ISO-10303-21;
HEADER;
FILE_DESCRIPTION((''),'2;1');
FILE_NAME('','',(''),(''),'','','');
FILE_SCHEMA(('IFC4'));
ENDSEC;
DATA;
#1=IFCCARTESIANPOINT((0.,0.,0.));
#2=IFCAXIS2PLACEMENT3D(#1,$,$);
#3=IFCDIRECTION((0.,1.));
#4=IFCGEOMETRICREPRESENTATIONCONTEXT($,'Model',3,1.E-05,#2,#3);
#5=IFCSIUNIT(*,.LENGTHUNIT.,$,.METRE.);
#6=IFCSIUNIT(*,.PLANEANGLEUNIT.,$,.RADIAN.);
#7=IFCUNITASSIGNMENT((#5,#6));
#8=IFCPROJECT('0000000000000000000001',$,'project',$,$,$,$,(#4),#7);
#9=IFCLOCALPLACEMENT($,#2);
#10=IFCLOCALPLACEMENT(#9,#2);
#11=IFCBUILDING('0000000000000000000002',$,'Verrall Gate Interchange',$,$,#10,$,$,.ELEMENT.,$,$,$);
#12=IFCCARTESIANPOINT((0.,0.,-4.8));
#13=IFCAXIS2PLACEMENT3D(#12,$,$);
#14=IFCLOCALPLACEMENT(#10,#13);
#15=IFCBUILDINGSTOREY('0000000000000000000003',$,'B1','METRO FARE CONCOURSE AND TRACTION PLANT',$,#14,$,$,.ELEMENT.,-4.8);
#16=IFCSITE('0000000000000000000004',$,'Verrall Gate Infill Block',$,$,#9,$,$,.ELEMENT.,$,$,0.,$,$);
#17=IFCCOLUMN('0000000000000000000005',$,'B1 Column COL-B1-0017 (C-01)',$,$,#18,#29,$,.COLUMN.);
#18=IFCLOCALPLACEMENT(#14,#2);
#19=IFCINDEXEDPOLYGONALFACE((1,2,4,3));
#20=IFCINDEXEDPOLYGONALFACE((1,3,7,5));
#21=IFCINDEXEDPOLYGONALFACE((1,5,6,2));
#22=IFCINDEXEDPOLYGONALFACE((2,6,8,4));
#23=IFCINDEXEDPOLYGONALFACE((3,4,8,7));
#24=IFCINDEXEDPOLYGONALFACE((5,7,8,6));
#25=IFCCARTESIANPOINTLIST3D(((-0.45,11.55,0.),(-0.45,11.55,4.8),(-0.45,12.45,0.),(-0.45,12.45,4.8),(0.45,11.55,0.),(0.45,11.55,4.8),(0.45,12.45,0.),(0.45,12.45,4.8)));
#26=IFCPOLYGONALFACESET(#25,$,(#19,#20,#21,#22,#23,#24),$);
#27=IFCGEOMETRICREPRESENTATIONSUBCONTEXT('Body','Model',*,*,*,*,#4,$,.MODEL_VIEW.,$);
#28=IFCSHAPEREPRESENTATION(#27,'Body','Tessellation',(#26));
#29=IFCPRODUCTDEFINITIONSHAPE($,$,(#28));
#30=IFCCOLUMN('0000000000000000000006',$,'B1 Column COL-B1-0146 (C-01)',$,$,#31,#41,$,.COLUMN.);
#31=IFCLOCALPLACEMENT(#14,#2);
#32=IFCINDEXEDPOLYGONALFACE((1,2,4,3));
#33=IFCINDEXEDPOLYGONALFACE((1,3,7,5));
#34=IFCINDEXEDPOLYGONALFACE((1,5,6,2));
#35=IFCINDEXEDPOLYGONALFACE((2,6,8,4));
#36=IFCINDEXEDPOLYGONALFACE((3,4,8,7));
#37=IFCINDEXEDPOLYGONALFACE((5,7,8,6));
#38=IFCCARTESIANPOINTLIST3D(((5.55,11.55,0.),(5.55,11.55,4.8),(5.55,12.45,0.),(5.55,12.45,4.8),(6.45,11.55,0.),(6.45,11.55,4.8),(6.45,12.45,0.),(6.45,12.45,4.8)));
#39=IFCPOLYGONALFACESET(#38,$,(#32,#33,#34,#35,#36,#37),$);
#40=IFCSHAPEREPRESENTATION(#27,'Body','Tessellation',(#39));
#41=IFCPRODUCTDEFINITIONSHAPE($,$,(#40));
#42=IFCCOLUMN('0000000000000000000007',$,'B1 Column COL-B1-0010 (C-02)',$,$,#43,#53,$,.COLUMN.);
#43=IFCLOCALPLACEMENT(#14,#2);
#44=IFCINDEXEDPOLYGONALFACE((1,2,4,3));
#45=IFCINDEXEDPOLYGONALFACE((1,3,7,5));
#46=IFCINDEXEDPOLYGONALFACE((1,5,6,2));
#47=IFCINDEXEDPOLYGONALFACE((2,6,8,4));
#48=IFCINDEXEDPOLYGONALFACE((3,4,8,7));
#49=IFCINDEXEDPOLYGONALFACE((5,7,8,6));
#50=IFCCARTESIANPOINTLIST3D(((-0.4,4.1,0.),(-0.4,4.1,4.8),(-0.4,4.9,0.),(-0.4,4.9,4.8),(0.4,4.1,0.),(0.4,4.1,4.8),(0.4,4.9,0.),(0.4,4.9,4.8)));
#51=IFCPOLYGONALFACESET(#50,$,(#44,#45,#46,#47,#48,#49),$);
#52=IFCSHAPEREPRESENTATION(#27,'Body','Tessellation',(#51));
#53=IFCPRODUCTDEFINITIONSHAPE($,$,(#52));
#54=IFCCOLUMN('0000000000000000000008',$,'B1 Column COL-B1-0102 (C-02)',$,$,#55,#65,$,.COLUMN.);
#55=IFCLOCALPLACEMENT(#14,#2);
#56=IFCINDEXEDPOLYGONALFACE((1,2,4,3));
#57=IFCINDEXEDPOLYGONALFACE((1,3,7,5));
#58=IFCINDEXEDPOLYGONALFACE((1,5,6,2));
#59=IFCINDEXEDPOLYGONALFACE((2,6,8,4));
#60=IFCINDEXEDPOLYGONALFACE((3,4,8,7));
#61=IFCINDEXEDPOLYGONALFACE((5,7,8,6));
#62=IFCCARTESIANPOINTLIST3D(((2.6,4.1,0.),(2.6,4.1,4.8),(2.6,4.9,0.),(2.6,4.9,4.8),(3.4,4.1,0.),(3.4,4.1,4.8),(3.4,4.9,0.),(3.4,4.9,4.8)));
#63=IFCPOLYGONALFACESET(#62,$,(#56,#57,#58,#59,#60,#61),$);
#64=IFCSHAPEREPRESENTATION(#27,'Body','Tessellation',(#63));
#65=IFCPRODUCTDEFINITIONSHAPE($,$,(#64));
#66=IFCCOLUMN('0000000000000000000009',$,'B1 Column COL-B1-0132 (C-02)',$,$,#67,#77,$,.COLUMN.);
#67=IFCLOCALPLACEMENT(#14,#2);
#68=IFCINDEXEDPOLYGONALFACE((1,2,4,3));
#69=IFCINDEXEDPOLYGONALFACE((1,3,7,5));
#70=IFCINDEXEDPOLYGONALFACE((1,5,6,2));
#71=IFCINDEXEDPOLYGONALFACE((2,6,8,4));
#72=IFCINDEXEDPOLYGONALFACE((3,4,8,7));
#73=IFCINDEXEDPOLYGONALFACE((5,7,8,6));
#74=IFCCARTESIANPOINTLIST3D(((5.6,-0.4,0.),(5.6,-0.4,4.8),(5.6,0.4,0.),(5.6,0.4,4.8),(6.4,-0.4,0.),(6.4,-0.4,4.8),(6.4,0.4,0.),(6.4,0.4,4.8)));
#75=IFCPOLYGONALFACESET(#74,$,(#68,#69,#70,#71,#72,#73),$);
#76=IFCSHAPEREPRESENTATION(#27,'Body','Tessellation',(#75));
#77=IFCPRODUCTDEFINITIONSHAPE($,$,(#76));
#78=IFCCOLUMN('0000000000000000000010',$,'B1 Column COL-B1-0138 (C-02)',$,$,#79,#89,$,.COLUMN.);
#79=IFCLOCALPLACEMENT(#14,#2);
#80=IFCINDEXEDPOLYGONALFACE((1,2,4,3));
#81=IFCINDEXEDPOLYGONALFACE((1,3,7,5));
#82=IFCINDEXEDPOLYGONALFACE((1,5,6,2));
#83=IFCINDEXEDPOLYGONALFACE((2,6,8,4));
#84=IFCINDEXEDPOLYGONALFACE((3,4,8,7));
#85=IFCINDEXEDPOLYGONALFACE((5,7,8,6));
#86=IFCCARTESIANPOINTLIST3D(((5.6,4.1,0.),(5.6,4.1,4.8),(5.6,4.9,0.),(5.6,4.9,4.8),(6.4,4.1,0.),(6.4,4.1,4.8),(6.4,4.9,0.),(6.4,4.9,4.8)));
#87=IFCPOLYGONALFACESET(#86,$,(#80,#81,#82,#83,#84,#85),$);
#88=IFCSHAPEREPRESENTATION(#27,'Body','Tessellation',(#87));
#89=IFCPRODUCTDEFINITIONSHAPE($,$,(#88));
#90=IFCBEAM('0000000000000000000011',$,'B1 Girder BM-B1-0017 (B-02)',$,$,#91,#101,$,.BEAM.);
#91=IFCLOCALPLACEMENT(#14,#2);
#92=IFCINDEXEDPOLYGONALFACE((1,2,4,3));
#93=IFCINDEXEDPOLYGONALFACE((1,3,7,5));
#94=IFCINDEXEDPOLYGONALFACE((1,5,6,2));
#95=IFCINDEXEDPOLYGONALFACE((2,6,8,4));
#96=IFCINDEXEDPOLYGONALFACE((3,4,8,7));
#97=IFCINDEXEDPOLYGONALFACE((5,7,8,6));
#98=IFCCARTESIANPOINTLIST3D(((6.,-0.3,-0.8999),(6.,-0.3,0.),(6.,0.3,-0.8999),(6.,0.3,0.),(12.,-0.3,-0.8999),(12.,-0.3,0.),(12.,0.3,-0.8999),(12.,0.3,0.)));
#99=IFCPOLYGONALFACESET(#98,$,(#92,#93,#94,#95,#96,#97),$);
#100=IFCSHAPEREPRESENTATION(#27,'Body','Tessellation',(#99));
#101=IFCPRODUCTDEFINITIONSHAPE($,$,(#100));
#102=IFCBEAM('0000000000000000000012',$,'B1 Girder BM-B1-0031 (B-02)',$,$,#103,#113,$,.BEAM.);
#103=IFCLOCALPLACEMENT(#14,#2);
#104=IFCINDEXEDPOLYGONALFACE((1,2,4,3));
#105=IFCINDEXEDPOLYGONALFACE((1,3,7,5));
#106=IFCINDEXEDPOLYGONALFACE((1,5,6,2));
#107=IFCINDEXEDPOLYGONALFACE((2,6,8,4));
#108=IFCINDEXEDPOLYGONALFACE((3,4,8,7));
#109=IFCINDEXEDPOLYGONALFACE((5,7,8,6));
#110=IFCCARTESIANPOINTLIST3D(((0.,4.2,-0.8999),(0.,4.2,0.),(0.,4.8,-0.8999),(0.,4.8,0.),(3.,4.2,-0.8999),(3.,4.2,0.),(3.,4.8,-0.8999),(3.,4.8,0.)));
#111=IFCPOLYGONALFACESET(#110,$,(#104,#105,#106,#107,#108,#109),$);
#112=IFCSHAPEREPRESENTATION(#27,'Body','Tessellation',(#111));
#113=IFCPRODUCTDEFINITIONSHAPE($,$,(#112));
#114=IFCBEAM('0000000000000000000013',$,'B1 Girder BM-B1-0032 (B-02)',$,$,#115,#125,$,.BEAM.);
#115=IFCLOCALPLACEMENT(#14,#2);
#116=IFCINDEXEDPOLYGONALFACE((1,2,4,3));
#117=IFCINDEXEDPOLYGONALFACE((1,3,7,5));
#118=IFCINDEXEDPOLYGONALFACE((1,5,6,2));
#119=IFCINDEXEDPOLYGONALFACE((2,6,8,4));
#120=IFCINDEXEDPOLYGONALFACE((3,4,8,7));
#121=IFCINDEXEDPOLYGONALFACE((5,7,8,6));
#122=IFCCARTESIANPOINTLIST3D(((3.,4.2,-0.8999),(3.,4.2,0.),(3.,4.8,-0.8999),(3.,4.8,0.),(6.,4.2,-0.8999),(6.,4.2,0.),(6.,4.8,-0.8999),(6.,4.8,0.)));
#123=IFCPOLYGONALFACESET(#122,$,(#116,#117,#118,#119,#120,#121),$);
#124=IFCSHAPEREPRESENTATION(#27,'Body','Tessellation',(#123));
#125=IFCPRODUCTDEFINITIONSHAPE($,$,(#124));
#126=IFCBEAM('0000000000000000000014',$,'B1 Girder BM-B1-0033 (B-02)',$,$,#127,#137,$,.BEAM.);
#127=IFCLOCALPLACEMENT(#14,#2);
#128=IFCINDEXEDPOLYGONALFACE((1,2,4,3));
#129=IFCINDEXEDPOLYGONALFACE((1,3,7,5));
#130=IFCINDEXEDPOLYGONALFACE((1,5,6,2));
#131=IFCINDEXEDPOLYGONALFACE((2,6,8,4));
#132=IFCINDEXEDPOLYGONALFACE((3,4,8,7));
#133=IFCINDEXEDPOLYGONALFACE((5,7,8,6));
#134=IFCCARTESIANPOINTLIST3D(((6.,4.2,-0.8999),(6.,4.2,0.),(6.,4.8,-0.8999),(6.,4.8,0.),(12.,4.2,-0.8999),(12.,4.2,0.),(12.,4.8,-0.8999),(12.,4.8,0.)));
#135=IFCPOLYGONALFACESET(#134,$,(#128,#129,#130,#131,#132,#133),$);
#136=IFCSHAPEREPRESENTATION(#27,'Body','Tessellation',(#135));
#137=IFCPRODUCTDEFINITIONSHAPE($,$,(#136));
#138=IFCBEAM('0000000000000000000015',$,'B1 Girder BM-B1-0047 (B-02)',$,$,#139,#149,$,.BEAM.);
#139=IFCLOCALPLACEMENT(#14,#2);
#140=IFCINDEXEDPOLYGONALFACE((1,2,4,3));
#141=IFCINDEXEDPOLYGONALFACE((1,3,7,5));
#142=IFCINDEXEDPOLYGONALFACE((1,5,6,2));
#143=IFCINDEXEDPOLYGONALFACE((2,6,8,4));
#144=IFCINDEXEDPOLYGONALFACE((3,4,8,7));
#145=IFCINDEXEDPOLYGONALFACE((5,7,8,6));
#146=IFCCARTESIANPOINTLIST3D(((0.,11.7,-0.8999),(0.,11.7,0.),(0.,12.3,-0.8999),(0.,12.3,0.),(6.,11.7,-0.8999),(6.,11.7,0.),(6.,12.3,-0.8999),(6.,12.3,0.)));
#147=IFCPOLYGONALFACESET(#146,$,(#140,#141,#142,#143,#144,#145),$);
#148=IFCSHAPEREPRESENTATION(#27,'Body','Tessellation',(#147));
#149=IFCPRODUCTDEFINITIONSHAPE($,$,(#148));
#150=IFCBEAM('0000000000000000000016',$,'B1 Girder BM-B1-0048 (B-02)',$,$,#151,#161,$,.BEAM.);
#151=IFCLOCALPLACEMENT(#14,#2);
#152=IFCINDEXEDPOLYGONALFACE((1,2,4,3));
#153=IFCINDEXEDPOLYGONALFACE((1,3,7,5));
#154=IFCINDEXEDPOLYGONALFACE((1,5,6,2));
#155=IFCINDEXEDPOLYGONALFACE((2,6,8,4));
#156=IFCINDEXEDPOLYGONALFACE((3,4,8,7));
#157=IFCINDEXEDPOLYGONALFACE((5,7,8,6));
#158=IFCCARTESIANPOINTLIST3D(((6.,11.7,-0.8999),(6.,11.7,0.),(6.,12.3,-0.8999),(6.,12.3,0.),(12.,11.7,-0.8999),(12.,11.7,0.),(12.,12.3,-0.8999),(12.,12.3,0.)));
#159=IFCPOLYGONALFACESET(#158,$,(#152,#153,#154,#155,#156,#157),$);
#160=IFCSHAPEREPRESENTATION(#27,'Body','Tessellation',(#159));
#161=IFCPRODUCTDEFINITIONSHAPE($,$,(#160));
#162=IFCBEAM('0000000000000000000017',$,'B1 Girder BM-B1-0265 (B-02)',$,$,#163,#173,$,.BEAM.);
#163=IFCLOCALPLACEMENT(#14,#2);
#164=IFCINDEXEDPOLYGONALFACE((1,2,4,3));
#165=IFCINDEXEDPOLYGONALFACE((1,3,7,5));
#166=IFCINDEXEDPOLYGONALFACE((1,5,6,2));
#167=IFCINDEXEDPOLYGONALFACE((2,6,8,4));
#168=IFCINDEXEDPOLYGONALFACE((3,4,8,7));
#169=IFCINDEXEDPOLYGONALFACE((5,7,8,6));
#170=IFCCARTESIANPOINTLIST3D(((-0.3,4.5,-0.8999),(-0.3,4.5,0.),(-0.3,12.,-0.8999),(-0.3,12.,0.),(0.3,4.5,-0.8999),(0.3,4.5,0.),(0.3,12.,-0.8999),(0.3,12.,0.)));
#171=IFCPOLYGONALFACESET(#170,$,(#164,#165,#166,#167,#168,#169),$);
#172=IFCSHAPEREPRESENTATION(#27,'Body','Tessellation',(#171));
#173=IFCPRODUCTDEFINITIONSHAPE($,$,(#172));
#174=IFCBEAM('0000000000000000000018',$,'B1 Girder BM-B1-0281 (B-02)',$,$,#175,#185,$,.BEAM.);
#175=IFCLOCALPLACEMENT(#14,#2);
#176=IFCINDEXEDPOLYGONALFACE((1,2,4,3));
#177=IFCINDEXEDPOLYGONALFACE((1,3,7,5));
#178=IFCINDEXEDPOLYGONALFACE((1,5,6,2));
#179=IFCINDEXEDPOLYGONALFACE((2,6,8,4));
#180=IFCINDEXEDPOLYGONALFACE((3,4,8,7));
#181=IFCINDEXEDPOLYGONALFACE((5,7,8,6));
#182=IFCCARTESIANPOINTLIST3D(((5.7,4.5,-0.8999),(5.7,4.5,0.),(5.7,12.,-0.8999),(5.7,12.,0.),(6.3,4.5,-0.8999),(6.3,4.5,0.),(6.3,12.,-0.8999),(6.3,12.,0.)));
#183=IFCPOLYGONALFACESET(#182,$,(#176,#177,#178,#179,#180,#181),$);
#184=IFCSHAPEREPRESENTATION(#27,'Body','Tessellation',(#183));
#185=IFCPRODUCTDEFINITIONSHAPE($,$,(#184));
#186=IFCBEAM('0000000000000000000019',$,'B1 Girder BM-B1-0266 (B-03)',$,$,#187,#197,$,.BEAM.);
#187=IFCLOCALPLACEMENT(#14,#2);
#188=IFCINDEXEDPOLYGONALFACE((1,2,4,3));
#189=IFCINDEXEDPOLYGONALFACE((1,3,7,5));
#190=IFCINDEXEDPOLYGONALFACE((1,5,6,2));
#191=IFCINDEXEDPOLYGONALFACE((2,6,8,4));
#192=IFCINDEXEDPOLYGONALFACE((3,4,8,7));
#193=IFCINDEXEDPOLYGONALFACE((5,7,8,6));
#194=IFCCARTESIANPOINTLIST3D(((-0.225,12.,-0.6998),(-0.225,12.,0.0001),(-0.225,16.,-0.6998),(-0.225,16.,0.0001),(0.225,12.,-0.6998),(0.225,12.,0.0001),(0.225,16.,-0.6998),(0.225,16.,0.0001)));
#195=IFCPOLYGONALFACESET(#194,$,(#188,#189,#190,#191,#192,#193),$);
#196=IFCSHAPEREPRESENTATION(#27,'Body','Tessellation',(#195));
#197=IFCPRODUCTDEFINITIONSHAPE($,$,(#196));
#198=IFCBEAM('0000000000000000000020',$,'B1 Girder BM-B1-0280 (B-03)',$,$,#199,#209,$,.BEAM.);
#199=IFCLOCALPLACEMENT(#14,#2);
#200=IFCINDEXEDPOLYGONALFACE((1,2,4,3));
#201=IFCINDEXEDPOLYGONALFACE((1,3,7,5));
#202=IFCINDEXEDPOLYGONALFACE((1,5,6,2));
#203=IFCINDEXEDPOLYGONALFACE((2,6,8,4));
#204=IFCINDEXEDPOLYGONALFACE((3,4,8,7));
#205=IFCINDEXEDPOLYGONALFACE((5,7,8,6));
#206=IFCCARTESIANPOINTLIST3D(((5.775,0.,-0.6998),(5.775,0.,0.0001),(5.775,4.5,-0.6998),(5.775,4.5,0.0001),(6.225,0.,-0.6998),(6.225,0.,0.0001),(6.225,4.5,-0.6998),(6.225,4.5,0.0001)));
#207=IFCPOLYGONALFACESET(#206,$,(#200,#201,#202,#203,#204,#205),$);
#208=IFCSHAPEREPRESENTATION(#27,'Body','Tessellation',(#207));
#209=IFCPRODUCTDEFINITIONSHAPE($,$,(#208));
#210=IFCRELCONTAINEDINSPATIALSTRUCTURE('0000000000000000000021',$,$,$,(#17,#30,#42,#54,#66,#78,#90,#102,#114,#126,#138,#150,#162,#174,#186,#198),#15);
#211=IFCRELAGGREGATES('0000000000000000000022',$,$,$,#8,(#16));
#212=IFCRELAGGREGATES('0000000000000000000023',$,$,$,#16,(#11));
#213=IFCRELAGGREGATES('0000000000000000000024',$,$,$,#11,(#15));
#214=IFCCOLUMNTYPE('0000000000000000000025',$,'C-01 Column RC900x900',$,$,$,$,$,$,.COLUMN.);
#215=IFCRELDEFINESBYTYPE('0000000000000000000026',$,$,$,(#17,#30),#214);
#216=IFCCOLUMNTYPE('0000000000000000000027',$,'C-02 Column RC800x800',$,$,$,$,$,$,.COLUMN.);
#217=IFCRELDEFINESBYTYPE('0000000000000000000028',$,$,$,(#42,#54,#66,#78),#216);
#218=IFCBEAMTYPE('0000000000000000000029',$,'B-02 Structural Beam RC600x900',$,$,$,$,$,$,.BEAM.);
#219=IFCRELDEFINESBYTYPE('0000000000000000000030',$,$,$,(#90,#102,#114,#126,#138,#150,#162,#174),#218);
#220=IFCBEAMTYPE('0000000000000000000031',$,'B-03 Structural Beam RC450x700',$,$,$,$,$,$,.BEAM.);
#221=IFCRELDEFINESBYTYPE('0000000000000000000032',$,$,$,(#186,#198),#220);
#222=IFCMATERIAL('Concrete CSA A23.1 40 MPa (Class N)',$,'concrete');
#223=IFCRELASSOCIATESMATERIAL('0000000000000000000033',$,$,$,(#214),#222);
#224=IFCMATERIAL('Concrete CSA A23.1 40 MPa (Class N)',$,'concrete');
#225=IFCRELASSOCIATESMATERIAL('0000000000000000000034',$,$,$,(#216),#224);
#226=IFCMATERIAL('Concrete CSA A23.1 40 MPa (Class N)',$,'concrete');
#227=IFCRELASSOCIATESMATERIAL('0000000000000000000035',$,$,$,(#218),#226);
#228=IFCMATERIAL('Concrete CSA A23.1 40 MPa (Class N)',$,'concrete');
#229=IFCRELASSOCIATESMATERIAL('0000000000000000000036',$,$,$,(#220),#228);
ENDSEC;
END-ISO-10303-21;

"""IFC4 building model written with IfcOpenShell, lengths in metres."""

from ifc_helpers import new_model, si_unit, direction, frame, origin, origin_2d, place, context, subcontext, project, spatial, rectangle, extrude, material, material_profile, profile_set, type_object, element, save


model = new_model("IFC4")

# Units and contexts
model_context = context("Model", 3, precision=1e-05, world=origin(), true_north=direction((0.0, 1.0)))
body_context = subcontext(model_context, "Body", "Model", "MODEL_VIEW")
ifc_project = project(units=[si_unit("LENGTHUNIT", "METRE"), si_unit("PLANEANGLEUNIT", "RADIAN")], contexts=[model_context])

# Site, building, storey
site_placement = place(None, origin())
site = spatial("IfcSite", under=ifc_project, at=site_placement, Name="Verrall Gate Infill Block", CompositionType="ELEMENT", RefElevation=0.0)
building_placement = place(site_placement, origin())
building = spatial("IfcBuilding", under=site, at=building_placement, Name="Verrall Gate Interchange", CompositionType="ELEMENT")
storey_placement = place(building_placement, frame((0.0, 0.0, -4.8)))
storey = spatial("IfcBuildingStorey", under=building, at=storey_placement, Name="B1", Description="METRO FARE CONCOURSE AND TRACTION PLANT", CompositionType="ELEMENT", Elevation=-4.8)

# Columns
ifc_material_1 = material(Name="Concrete CSA A23.1 40 MPa (Class N)", Category="concrete")
ifc_material_profile_1 = material_profile(ifc_material_1, rectangle(XDim=0.8999, YDim=0.8999, at=origin_2d()), Name="RC900x900")
ifc_profile_set_1 = profile_set([ifc_material_profile_1], Name="Concrete CSA A23.1 40 MPa (Class N)")
column_type_1 = type_object("IfcColumnType", Name="C-01 Column RC900x900", PredefinedType="COLUMN", material=ifc_profile_set_1)
for number, where, z_axis, x_axis, name in (
    (1, (0.0, 12.0, 0.0), (0.0, 0.0, 1.0), (1.0, 0.0, 0.0), "B1 Column COL-B1-0017 (C-01)"),
    (2, (6.0, 12.0, 0.0), (0.0, 0.0, 1.0), (1.0, 0.0, 0.0), "B1 Column COL-B1-0146 (C-01)"),
):
    element("IfcColumn", number, at=place(storey_placement, frame(where, z_axis=z_axis, x_axis=x_axis)), inside=storey, type_object=column_type_1, Name=name, PredefinedType="COLUMN", context=body_context, shape_type="SweptSolid", body=[
        extrude(rectangle(XDim=0.8999, YDim=0.8999, at=origin_2d()), origin(), (0.0, 0.0, 1.0), 4.8),
    ])
ifc_material_2 = material(Name="Concrete CSA A23.1 40 MPa (Class N)", Category="concrete")
ifc_material_profile_2 = material_profile(ifc_material_2, rectangle(XDim=0.8, YDim=0.8, at=origin_2d()), Name="RC800x800")
ifc_profile_set_2 = profile_set([ifc_material_profile_2], Name="Concrete CSA A23.1 40 MPa (Class N)")
column_type_2 = type_object("IfcColumnType", Name="C-02 Column RC800x800", PredefinedType="COLUMN", material=ifc_profile_set_2)
for number, where, z_axis, x_axis, name in (
    (3, (0.0, 4.5, 0.0), (0.0, 0.0, 1.0), (1.0, 0.0, 0.0), "B1 Column COL-B1-0010 (C-02)"),
    (4, (3.0, 4.5, 0.0), (0.0, 0.0, 1.0), (1.0, 0.0, 0.0), "B1 Column COL-B1-0102 (C-02)"),
    (5, (6.0, 0.0, 0.0), (0.0, 0.0, 1.0), (1.0, 0.0, 0.0), "B1 Column COL-B1-0132 (C-02)"),
    (6, (6.0, 4.5, 0.0), (0.0, 0.0, 1.0), (1.0, 0.0, 0.0), "B1 Column COL-B1-0138 (C-02)"),
):
    element("IfcColumn", number, at=place(storey_placement, frame(where, z_axis=z_axis, x_axis=x_axis)), inside=storey, type_object=column_type_2, Name=name, PredefinedType="COLUMN", context=body_context, shape_type="SweptSolid", body=[
        extrude(rectangle(XDim=0.8, YDim=0.8, at=origin_2d()), origin(), (0.0, 0.0, 1.0), 4.8),
    ])

# Beams
ifc_material_3 = material(Name="Concrete CSA A23.1 40 MPa (Class N)", Category="concrete")
ifc_material_profile_3 = material_profile(ifc_material_3, rectangle(XDim=0.6001, YDim=0.8999, at=origin_2d()), Name="RC600x900")
ifc_profile_set_3 = profile_set([ifc_material_profile_3], Name="Concrete CSA A23.1 40 MPa (Class N)")
beam_type_1 = type_object("IfcBeamType", Name="B-02 Structural Beam RC600x900", PredefinedType="BEAM", material=ifc_profile_set_3)
beam_1_placement = place(storey_placement, frame((6.0, 0.0, -0.45), z_axis=(1.0, 0.0, 0.0), x_axis=(0.0, 1.0, 0.0)))
element("IfcBeam", 7, at=beam_1_placement, inside=storey, type_object=beam_type_1, Name="B1 Girder BM-B1-0017 (B-02)", PredefinedType="BEAM", context=body_context, shape_type="SweptSolid", body=[
    extrude(rectangle(XDim=0.6001, YDim=0.8999, at=origin_2d()), origin(), (0.0, 0.0, 1.0), 6.0),
])
for number, where, z_axis, x_axis, name in (
    (8, (0.0, 4.5, -0.45), (1.0, 0.0, 0.0), (0.0, 1.0, 0.0), "B1 Girder BM-B1-0031 (B-02)"),
    (9, (3.0, 4.5, -0.45), (1.0, 0.0, 0.0), (0.0, 1.0, 0.0), "B1 Girder BM-B1-0032 (B-02)"),
):
    element("IfcBeam", number, at=place(storey_placement, frame(where, z_axis=z_axis, x_axis=x_axis)), inside=storey, type_object=beam_type_1, Name=name, PredefinedType="BEAM", context=body_context, shape_type="SweptSolid", body=[
        extrude(rectangle(XDim=0.6001, YDim=0.8999, at=origin_2d()), origin(), (0.0, 0.0, 1.0), 3.0),
    ])
for number, where, z_axis, x_axis, name in (
    (10, (6.0, 4.5, -0.45), (1.0, 0.0, 0.0), (0.0, 1.0, 0.0), "B1 Girder BM-B1-0033 (B-02)"),
    (11, (0.0, 12.0, -0.45), (1.0, 0.0, 0.0), (0.0, 1.0, 0.0), "B1 Girder BM-B1-0047 (B-02)"),
    (12, (6.0, 12.0, -0.45), (1.0, 0.0, 0.0), (0.0, 1.0, 0.0), "B1 Girder BM-B1-0048 (B-02)"),
):
    element("IfcBeam", number, at=place(storey_placement, frame(where, z_axis=z_axis, x_axis=x_axis)), inside=storey, type_object=beam_type_1, Name=name, PredefinedType="BEAM", context=body_context, shape_type="SweptSolid", body=[
        extrude(rectangle(XDim=0.6001, YDim=0.8999, at=origin_2d()), origin(), (0.0, 0.0, 1.0), 6.0),
    ])
for number, where, z_axis, x_axis, name in (
    (13, (0.0, 4.5, -0.45), (0.0, 1.0, 0.0), (-1.0, 0.0, 0.0), "B1 Girder BM-B1-0265 (B-02)"),
    (14, (6.0, 4.5, -0.45), (0.0, 1.0, 0.0), (-1.0, 0.0, 0.0), "B1 Girder BM-B1-0281 (B-02)"),
):
    element("IfcBeam", number, at=place(storey_placement, frame(where, z_axis=z_axis, x_axis=x_axis)), inside=storey, type_object=beam_type_1, Name=name, PredefinedType="BEAM", context=body_context, shape_type="SweptSolid", body=[
        extrude(rectangle(XDim=0.6001, YDim=0.8999, at=origin_2d()), origin(), (0.0, 0.0, 1.0), 7.5),
    ])
ifc_material_4 = material(Name="Concrete CSA A23.1 40 MPa (Class N)", Category="concrete")
ifc_material_profile_4 = material_profile(ifc_material_4, rectangle(XDim=0.45, YDim=0.7, at=origin_2d()), Name="RC450x700")
ifc_profile_set_4 = profile_set([ifc_material_profile_4], Name="Concrete CSA A23.1 40 MPa (Class N)")
beam_type_2 = type_object("IfcBeamType", Name="B-03 Structural Beam RC450x700", PredefinedType="BEAM", material=ifc_profile_set_4)
beam_2_placement = place(storey_placement, frame((0.0, 12.0, -0.3499), z_axis=(0.0, 1.0, 0.0), x_axis=(-1.0, 0.0, 0.0)))
element("IfcBeam", 15, at=beam_2_placement, inside=storey, type_object=beam_type_2, Name="B1 Girder BM-B1-0266 (B-03)", PredefinedType="BEAM", context=body_context, shape_type="SweptSolid", body=[
    extrude(rectangle(XDim=0.45, YDim=0.7, at=origin_2d()), origin(), (0.0, 0.0, 1.0), 4.0),
])
beam_3_placement = place(storey_placement, frame((6.0, 0.0, -0.3499), z_axis=(0.0, 1.0, 0.0), x_axis=(-1.0, 0.0, 0.0)))
element("IfcBeam", 16, at=beam_3_placement, inside=storey, type_object=beam_type_2, Name="B1 Girder BM-B1-0280 (B-03)", PredefinedType="BEAM", context=body_context, shape_type="SweptSolid", body=[
    extrude(rectangle(XDim=0.45, YDim=0.7, at=origin_2d()), origin(), (0.0, 0.0, 1.0), 4.5),
])

save(model, "model.ifc")
